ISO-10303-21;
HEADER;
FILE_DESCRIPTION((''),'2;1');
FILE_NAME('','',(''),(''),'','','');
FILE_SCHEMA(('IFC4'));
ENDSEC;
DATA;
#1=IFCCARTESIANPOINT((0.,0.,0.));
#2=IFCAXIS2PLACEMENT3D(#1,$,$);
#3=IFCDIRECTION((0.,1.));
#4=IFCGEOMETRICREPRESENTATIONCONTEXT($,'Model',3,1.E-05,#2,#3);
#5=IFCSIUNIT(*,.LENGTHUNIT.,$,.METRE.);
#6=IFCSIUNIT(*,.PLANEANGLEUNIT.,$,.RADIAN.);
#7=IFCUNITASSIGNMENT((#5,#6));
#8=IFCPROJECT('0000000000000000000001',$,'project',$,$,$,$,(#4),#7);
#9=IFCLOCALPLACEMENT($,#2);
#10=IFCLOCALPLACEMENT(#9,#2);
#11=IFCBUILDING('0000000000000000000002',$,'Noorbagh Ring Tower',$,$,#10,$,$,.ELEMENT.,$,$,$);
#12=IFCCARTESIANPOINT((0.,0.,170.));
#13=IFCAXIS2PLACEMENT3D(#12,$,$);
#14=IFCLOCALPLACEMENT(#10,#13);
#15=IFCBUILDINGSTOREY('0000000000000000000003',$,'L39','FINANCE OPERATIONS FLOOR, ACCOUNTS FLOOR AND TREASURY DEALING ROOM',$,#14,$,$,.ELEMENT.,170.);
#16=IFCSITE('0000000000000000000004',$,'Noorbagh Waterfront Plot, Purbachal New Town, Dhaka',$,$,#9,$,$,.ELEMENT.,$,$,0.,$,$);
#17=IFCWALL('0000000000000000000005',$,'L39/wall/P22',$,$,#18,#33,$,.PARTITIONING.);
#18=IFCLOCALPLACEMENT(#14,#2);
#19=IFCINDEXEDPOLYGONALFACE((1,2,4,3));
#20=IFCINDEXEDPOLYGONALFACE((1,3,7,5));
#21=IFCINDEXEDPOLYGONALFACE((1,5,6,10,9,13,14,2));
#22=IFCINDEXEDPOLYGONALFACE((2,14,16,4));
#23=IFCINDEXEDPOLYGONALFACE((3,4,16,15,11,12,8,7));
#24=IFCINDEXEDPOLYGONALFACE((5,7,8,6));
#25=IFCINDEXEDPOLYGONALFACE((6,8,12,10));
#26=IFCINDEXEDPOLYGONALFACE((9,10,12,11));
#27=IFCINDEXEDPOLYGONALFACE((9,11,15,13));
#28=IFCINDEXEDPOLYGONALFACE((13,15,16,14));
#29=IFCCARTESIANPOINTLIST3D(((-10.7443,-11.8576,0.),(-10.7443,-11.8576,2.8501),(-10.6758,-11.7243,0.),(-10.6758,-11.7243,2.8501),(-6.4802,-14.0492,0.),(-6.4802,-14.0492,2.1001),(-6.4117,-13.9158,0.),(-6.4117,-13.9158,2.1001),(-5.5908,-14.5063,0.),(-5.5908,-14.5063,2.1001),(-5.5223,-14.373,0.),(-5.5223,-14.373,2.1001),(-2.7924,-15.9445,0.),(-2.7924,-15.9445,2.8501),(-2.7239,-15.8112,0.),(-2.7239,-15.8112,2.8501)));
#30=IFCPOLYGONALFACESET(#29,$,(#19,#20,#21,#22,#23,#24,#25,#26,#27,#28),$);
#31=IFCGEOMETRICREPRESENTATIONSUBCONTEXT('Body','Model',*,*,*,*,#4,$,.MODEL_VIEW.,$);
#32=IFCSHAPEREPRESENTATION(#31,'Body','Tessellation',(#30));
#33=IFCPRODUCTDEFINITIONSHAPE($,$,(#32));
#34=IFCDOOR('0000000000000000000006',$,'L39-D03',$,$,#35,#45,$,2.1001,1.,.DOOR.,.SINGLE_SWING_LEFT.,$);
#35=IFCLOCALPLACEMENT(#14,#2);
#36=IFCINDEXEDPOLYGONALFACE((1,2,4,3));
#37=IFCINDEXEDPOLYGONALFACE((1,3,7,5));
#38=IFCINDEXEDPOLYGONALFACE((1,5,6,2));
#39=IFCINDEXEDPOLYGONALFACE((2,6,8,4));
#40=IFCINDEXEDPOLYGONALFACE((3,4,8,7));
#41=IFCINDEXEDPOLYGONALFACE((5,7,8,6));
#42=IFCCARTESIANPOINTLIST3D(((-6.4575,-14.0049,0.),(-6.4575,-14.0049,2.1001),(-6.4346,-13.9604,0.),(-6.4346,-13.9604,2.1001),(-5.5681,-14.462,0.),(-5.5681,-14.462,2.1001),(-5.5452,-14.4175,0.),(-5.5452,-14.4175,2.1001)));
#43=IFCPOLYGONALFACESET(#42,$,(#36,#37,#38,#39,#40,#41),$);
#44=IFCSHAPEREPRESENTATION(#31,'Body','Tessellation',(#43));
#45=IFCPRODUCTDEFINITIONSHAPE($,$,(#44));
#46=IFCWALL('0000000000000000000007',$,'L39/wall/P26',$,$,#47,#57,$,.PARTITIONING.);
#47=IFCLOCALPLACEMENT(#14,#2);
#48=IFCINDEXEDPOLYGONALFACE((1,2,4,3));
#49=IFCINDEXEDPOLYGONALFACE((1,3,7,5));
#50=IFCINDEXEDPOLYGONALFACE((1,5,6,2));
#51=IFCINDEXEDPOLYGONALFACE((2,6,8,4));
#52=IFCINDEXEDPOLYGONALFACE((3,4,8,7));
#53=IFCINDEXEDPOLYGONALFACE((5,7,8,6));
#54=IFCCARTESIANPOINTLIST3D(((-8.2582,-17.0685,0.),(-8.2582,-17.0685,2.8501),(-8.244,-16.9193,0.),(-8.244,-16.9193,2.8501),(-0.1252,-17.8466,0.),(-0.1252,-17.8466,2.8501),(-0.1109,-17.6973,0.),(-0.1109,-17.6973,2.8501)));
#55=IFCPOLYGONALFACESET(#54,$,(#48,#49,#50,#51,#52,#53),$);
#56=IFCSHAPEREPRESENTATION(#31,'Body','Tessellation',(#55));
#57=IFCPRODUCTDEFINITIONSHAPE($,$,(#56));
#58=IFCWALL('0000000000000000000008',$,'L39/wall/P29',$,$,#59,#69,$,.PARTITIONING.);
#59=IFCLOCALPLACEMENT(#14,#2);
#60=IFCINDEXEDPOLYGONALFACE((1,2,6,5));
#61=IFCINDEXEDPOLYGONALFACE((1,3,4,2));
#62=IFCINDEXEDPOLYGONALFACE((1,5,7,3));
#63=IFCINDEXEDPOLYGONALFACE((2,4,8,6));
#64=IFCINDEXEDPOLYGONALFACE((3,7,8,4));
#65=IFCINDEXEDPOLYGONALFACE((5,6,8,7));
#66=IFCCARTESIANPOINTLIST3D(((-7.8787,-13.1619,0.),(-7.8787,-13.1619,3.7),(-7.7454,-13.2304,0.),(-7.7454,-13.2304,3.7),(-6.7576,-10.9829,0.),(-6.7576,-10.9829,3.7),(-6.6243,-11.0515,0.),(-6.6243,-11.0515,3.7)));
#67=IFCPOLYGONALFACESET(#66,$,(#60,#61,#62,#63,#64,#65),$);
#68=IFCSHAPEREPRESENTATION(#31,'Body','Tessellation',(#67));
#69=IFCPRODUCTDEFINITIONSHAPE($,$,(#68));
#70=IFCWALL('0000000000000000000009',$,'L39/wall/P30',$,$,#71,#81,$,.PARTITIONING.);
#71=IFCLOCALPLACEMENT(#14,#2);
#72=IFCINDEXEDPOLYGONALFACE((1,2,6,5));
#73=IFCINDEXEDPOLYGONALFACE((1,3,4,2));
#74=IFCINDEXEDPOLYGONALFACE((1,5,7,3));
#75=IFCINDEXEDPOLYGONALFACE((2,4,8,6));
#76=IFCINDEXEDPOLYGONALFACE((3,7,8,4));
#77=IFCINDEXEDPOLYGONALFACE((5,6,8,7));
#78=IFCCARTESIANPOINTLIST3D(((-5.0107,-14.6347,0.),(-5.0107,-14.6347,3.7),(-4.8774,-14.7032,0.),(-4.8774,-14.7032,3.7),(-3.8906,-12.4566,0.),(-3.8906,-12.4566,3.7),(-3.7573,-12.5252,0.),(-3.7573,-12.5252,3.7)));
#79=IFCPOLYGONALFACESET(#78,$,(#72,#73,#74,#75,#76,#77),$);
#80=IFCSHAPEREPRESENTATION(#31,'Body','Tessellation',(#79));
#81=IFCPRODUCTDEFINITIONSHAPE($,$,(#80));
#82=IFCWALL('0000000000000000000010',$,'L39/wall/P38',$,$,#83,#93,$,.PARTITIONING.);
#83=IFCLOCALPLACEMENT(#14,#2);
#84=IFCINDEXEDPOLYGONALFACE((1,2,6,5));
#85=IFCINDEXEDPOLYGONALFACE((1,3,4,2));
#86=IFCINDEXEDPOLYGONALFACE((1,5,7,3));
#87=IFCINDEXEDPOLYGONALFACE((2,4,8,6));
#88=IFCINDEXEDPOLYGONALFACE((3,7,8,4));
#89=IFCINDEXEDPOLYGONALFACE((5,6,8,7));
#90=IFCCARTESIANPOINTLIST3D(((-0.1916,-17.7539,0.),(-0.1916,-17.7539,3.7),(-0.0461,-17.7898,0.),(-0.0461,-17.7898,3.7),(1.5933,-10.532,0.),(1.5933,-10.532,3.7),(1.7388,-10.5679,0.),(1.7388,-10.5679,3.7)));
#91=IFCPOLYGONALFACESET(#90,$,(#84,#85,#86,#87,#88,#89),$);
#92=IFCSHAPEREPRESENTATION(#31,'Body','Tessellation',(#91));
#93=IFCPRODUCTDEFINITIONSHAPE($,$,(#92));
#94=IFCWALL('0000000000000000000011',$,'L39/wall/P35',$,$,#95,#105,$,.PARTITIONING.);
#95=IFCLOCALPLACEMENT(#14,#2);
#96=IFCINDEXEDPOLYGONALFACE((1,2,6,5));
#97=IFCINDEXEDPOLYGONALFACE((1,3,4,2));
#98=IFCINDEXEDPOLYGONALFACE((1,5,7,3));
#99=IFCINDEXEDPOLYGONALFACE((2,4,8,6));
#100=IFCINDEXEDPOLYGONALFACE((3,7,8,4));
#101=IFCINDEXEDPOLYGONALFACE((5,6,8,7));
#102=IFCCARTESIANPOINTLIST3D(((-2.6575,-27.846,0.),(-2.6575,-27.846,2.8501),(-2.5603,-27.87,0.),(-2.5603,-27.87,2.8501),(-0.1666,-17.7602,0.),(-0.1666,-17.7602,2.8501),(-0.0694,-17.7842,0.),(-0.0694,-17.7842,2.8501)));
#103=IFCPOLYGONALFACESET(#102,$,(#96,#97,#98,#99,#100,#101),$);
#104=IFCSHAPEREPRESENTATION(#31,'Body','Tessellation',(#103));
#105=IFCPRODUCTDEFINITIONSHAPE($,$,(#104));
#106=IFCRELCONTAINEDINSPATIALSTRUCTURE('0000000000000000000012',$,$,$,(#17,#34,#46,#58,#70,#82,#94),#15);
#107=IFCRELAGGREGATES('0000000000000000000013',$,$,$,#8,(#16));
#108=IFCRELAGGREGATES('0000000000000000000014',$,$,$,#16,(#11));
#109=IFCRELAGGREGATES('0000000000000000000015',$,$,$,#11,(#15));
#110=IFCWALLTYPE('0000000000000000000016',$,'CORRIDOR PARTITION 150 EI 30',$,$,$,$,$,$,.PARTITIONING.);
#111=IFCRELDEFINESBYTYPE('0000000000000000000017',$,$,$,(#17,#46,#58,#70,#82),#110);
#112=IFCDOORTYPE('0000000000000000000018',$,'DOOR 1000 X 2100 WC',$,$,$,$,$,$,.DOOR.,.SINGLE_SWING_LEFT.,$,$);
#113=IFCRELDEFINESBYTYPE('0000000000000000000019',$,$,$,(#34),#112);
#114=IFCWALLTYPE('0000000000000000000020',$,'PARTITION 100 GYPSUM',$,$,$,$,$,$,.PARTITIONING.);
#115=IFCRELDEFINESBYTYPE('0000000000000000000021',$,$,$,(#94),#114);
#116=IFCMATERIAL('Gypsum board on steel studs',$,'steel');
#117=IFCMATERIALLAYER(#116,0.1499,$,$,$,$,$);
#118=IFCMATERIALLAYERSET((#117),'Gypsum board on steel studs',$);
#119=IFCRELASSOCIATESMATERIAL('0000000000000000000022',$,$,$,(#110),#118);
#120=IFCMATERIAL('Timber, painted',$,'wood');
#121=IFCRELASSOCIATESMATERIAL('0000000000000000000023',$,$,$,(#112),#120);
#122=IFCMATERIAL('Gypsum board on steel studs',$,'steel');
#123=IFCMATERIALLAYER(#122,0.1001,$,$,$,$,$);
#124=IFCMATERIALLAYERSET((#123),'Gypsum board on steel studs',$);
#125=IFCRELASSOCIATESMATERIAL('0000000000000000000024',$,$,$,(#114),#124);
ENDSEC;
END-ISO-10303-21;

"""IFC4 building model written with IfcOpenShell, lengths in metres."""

from ifc_helpers import new_model, si_unit, direction, frame, frame_2d, origin, place, context, subcontext, project, spatial, rectangle, extrude, material, layer, layer_set, type_object, element, fill, save


model = new_model("IFC4")

# Units and contexts
model_context = context("Model", 3, precision=1e-05, world=origin(), true_north=direction((0.0, 1.0)))
body_context = subcontext(model_context, "Body", "Model", "MODEL_VIEW")
ifc_project = project(units=[si_unit("LENGTHUNIT", "METRE"), si_unit("PLANEANGLEUNIT", "RADIAN")], contexts=[model_context])

# Site, building, storey
site_placement = place(None, origin())
site = spatial("IfcSite", under=ifc_project, at=site_placement, Name="Noorbagh Waterfront Plot, Purbachal New Town, Dhaka", CompositionType="ELEMENT", RefElevation=0.0)
building_placement = place(site_placement, origin())
building = spatial("IfcBuilding", under=site, at=building_placement, Name="Noorbagh Ring Tower", CompositionType="ELEMENT")
storey_placement = place(building_placement, frame((0.0, 0.0, 170.0)))
storey = spatial("IfcBuildingStorey", under=building, at=storey_placement, Name="L39", Description="FINANCE OPERATIONS FLOOR, ACCOUNTS FLOOR AND TREASURY DEALING ROOM", CompositionType="ELEMENT", Elevation=170.0)

# Wall, opening, door
ifc_material_1 = material(Name="Gypsum board on steel studs", Category="steel")
ifc_layer_1 = layer(ifc_material_1, 0.1499)
ifc_layer_set_1 = layer_set([ifc_layer_1], Name="Gypsum board on steel studs")
wall_type_1 = type_object("IfcWallType", Name="CORRIDOR PARTITION 150 EI 30", PredefinedType="PARTITIONING", material=ifc_layer_set_1)
wall_1_placement = place(storey_placement, frame((-10.71, -11.791, 0.0), z_axis=(0.0, 0.0, 1.0), x_axis=(0.889408, -0.457115, 0.0)))
wall_1 = element("IfcWall", 1, at=wall_1_placement, inside=storey, type_object=wall_type_1, Name="L39/wall/P22", PredefinedType="PARTITIONING", context=body_context, shape_type="SweptSolid", body=[
    extrude(rectangle(XDim=8.9407, YDim=0.1499, at=frame_2d((4.4702, 0.0))), origin(), (0.0, 0.0, 1.0), 2.8501),
])
opening_1_placement = place(wall_1_placement, frame((4.7942, 0.0, 0.0)))
opening_1 = element("IfcOpeningElement", 2, at=opening_1_placement, cuts=wall_1, PredefinedType="OPENING", context=body_context, shape_type="SweptSolid", body=[
    extrude(rectangle(XDim=1.0, YDim=2.1001, at=frame_2d((0.5, 1.05))), frame((0.0, 0.085, 0.0), z_axis=(0.0, -1.0, 0.0), x_axis=(1.0, 0.0, 0.0)), (0.0, 0.0, 1.0), 0.1699),
])
ifc_material_2 = material(Name="Timber, painted", Category="wood")
door_type_1 = type_object("IfcDoorType", Name="DOOR 1000 X 2100 WC", OperationType="SINGLE_SWING_LEFT", PredefinedType="DOOR", material=ifc_material_2)
door_1_placement = place(opening_1_placement, origin())
door_1 = element("IfcDoor", 3, at=door_1_placement, inside=storey, type_object=door_type_1, Name="L39-D03", OperationType="SINGLE_SWING_LEFT", OverallHeight=2.1001, OverallWidth=1.0, PredefinedType="DOOR", context=body_context, shape_type="SweptSolid", body=[
    extrude(rectangle(XDim=1.0, YDim=2.1001, at=frame_2d((0.5, 1.05))), frame((0.0, 0.0249, 0.0), z_axis=(0.0, -1.0, 0.0), x_axis=(1.0, 0.0, 0.0)), (0.0, 0.0, 1.0), 0.05),
])
fill(opening_1, door_1)

# Walls
wall_2_placement = place(storey_placement, frame((-8.251, -16.9939, 0.0), z_axis=(0.0, 0.0, 1.0), x_axis=(0.995455, -0.095234, 0.0)))
element("IfcWall", 4, at=wall_2_placement, inside=storey, type_object=wall_type_1, Name="L39/wall/P26", PredefinedType="PARTITIONING", context=body_context, shape_type="SweptSolid", body=[
    extrude(rectangle(XDim=8.1702, YDim=0.1499, at=frame_2d((4.085, 0.0))), origin(), (0.0, 0.0, 1.0), 2.8501),
])
wall_3_placement = place(storey_placement, frame((-7.812, -13.196, 0.0), z_axis=(0.0, 0.0, 1.0), x_axis=(0.457506, 0.889207, 0.0)))
element("IfcWall", 5, at=wall_3_placement, inside=storey, type_object=wall_type_1, Name="L39/wall/P29", PredefinedType="PARTITIONING", context=body_context, shape_type="SweptSolid", body=[
    extrude(rectangle(XDim=2.4504, YDim=0.1499, at=frame_2d((1.2251, 0.0))), origin(), (0.0, 0.0, 1.0), 3.7),
])
wall_4_placement = place(storey_placement, frame((-4.9441, -14.6689, 0.0), z_axis=(0.0, 0.0, 1.0), x_axis=(0.457353, 0.889285, 0.0)))
element("IfcWall", 6, at=wall_4_placement, inside=storey, type_object=wall_type_1, Name="L39/wall/P30", PredefinedType="PARTITIONING", context=body_context, shape_type="SweptSolid", body=[
    extrude(rectangle(XDim=2.4492, YDim=0.1499, at=frame_2d((1.2246, 0.0))), origin(), (0.0, 0.0, 1.0), 3.7),
])
wall_5_placement = place(storey_placement, frame((-0.1189, -17.772, 0.0), z_axis=(0.0, 0.0, 1.0), x_axis=(0.239932, 0.97079, 0.0)))
element("IfcWall", 7, at=wall_5_placement, inside=storey, type_object=wall_type_1, Name="L39/wall/P38", PredefinedType="PARTITIONING", context=body_context, shape_type="SweptSolid", body=[
    extrude(rectangle(XDim=7.4392, YDim=0.1499, at=frame_2d((3.7197, 0.0))), origin(), (0.0, 0.0, 1.0), 3.7),
])
ifc_material_3 = material(Name="Gypsum board on steel studs", Category="steel")
ifc_layer_2 = layer(ifc_material_3, 0.1001)
ifc_layer_set_2 = layer_set([ifc_layer_2], Name="Gypsum board on steel studs")
wall_type_2 = type_object("IfcWallType", Name="PARTITION 100 GYPSUM", PredefinedType="PARTITIONING", material=ifc_layer_set_2)
wall_6_placement = place(storey_placement, frame((-2.6089, -27.8579, 0.0), z_axis=(0.0, 0.0, 1.0), x_axis=(0.23977, 0.97083, 0.0)))
element("IfcWall", 8, at=wall_6_placement, inside=storey, type_object=wall_type_2, Name="L39/wall/P35", PredefinedType="PARTITIONING", context=body_context, shape_type="SweptSolid", body=[
    extrude(rectangle(XDim=10.3889, YDim=0.1001, at=frame_2d((5.1943, 0.0))), origin(), (0.0, 0.0, 1.0), 2.8501),
])

save(model, "model.ifc")
